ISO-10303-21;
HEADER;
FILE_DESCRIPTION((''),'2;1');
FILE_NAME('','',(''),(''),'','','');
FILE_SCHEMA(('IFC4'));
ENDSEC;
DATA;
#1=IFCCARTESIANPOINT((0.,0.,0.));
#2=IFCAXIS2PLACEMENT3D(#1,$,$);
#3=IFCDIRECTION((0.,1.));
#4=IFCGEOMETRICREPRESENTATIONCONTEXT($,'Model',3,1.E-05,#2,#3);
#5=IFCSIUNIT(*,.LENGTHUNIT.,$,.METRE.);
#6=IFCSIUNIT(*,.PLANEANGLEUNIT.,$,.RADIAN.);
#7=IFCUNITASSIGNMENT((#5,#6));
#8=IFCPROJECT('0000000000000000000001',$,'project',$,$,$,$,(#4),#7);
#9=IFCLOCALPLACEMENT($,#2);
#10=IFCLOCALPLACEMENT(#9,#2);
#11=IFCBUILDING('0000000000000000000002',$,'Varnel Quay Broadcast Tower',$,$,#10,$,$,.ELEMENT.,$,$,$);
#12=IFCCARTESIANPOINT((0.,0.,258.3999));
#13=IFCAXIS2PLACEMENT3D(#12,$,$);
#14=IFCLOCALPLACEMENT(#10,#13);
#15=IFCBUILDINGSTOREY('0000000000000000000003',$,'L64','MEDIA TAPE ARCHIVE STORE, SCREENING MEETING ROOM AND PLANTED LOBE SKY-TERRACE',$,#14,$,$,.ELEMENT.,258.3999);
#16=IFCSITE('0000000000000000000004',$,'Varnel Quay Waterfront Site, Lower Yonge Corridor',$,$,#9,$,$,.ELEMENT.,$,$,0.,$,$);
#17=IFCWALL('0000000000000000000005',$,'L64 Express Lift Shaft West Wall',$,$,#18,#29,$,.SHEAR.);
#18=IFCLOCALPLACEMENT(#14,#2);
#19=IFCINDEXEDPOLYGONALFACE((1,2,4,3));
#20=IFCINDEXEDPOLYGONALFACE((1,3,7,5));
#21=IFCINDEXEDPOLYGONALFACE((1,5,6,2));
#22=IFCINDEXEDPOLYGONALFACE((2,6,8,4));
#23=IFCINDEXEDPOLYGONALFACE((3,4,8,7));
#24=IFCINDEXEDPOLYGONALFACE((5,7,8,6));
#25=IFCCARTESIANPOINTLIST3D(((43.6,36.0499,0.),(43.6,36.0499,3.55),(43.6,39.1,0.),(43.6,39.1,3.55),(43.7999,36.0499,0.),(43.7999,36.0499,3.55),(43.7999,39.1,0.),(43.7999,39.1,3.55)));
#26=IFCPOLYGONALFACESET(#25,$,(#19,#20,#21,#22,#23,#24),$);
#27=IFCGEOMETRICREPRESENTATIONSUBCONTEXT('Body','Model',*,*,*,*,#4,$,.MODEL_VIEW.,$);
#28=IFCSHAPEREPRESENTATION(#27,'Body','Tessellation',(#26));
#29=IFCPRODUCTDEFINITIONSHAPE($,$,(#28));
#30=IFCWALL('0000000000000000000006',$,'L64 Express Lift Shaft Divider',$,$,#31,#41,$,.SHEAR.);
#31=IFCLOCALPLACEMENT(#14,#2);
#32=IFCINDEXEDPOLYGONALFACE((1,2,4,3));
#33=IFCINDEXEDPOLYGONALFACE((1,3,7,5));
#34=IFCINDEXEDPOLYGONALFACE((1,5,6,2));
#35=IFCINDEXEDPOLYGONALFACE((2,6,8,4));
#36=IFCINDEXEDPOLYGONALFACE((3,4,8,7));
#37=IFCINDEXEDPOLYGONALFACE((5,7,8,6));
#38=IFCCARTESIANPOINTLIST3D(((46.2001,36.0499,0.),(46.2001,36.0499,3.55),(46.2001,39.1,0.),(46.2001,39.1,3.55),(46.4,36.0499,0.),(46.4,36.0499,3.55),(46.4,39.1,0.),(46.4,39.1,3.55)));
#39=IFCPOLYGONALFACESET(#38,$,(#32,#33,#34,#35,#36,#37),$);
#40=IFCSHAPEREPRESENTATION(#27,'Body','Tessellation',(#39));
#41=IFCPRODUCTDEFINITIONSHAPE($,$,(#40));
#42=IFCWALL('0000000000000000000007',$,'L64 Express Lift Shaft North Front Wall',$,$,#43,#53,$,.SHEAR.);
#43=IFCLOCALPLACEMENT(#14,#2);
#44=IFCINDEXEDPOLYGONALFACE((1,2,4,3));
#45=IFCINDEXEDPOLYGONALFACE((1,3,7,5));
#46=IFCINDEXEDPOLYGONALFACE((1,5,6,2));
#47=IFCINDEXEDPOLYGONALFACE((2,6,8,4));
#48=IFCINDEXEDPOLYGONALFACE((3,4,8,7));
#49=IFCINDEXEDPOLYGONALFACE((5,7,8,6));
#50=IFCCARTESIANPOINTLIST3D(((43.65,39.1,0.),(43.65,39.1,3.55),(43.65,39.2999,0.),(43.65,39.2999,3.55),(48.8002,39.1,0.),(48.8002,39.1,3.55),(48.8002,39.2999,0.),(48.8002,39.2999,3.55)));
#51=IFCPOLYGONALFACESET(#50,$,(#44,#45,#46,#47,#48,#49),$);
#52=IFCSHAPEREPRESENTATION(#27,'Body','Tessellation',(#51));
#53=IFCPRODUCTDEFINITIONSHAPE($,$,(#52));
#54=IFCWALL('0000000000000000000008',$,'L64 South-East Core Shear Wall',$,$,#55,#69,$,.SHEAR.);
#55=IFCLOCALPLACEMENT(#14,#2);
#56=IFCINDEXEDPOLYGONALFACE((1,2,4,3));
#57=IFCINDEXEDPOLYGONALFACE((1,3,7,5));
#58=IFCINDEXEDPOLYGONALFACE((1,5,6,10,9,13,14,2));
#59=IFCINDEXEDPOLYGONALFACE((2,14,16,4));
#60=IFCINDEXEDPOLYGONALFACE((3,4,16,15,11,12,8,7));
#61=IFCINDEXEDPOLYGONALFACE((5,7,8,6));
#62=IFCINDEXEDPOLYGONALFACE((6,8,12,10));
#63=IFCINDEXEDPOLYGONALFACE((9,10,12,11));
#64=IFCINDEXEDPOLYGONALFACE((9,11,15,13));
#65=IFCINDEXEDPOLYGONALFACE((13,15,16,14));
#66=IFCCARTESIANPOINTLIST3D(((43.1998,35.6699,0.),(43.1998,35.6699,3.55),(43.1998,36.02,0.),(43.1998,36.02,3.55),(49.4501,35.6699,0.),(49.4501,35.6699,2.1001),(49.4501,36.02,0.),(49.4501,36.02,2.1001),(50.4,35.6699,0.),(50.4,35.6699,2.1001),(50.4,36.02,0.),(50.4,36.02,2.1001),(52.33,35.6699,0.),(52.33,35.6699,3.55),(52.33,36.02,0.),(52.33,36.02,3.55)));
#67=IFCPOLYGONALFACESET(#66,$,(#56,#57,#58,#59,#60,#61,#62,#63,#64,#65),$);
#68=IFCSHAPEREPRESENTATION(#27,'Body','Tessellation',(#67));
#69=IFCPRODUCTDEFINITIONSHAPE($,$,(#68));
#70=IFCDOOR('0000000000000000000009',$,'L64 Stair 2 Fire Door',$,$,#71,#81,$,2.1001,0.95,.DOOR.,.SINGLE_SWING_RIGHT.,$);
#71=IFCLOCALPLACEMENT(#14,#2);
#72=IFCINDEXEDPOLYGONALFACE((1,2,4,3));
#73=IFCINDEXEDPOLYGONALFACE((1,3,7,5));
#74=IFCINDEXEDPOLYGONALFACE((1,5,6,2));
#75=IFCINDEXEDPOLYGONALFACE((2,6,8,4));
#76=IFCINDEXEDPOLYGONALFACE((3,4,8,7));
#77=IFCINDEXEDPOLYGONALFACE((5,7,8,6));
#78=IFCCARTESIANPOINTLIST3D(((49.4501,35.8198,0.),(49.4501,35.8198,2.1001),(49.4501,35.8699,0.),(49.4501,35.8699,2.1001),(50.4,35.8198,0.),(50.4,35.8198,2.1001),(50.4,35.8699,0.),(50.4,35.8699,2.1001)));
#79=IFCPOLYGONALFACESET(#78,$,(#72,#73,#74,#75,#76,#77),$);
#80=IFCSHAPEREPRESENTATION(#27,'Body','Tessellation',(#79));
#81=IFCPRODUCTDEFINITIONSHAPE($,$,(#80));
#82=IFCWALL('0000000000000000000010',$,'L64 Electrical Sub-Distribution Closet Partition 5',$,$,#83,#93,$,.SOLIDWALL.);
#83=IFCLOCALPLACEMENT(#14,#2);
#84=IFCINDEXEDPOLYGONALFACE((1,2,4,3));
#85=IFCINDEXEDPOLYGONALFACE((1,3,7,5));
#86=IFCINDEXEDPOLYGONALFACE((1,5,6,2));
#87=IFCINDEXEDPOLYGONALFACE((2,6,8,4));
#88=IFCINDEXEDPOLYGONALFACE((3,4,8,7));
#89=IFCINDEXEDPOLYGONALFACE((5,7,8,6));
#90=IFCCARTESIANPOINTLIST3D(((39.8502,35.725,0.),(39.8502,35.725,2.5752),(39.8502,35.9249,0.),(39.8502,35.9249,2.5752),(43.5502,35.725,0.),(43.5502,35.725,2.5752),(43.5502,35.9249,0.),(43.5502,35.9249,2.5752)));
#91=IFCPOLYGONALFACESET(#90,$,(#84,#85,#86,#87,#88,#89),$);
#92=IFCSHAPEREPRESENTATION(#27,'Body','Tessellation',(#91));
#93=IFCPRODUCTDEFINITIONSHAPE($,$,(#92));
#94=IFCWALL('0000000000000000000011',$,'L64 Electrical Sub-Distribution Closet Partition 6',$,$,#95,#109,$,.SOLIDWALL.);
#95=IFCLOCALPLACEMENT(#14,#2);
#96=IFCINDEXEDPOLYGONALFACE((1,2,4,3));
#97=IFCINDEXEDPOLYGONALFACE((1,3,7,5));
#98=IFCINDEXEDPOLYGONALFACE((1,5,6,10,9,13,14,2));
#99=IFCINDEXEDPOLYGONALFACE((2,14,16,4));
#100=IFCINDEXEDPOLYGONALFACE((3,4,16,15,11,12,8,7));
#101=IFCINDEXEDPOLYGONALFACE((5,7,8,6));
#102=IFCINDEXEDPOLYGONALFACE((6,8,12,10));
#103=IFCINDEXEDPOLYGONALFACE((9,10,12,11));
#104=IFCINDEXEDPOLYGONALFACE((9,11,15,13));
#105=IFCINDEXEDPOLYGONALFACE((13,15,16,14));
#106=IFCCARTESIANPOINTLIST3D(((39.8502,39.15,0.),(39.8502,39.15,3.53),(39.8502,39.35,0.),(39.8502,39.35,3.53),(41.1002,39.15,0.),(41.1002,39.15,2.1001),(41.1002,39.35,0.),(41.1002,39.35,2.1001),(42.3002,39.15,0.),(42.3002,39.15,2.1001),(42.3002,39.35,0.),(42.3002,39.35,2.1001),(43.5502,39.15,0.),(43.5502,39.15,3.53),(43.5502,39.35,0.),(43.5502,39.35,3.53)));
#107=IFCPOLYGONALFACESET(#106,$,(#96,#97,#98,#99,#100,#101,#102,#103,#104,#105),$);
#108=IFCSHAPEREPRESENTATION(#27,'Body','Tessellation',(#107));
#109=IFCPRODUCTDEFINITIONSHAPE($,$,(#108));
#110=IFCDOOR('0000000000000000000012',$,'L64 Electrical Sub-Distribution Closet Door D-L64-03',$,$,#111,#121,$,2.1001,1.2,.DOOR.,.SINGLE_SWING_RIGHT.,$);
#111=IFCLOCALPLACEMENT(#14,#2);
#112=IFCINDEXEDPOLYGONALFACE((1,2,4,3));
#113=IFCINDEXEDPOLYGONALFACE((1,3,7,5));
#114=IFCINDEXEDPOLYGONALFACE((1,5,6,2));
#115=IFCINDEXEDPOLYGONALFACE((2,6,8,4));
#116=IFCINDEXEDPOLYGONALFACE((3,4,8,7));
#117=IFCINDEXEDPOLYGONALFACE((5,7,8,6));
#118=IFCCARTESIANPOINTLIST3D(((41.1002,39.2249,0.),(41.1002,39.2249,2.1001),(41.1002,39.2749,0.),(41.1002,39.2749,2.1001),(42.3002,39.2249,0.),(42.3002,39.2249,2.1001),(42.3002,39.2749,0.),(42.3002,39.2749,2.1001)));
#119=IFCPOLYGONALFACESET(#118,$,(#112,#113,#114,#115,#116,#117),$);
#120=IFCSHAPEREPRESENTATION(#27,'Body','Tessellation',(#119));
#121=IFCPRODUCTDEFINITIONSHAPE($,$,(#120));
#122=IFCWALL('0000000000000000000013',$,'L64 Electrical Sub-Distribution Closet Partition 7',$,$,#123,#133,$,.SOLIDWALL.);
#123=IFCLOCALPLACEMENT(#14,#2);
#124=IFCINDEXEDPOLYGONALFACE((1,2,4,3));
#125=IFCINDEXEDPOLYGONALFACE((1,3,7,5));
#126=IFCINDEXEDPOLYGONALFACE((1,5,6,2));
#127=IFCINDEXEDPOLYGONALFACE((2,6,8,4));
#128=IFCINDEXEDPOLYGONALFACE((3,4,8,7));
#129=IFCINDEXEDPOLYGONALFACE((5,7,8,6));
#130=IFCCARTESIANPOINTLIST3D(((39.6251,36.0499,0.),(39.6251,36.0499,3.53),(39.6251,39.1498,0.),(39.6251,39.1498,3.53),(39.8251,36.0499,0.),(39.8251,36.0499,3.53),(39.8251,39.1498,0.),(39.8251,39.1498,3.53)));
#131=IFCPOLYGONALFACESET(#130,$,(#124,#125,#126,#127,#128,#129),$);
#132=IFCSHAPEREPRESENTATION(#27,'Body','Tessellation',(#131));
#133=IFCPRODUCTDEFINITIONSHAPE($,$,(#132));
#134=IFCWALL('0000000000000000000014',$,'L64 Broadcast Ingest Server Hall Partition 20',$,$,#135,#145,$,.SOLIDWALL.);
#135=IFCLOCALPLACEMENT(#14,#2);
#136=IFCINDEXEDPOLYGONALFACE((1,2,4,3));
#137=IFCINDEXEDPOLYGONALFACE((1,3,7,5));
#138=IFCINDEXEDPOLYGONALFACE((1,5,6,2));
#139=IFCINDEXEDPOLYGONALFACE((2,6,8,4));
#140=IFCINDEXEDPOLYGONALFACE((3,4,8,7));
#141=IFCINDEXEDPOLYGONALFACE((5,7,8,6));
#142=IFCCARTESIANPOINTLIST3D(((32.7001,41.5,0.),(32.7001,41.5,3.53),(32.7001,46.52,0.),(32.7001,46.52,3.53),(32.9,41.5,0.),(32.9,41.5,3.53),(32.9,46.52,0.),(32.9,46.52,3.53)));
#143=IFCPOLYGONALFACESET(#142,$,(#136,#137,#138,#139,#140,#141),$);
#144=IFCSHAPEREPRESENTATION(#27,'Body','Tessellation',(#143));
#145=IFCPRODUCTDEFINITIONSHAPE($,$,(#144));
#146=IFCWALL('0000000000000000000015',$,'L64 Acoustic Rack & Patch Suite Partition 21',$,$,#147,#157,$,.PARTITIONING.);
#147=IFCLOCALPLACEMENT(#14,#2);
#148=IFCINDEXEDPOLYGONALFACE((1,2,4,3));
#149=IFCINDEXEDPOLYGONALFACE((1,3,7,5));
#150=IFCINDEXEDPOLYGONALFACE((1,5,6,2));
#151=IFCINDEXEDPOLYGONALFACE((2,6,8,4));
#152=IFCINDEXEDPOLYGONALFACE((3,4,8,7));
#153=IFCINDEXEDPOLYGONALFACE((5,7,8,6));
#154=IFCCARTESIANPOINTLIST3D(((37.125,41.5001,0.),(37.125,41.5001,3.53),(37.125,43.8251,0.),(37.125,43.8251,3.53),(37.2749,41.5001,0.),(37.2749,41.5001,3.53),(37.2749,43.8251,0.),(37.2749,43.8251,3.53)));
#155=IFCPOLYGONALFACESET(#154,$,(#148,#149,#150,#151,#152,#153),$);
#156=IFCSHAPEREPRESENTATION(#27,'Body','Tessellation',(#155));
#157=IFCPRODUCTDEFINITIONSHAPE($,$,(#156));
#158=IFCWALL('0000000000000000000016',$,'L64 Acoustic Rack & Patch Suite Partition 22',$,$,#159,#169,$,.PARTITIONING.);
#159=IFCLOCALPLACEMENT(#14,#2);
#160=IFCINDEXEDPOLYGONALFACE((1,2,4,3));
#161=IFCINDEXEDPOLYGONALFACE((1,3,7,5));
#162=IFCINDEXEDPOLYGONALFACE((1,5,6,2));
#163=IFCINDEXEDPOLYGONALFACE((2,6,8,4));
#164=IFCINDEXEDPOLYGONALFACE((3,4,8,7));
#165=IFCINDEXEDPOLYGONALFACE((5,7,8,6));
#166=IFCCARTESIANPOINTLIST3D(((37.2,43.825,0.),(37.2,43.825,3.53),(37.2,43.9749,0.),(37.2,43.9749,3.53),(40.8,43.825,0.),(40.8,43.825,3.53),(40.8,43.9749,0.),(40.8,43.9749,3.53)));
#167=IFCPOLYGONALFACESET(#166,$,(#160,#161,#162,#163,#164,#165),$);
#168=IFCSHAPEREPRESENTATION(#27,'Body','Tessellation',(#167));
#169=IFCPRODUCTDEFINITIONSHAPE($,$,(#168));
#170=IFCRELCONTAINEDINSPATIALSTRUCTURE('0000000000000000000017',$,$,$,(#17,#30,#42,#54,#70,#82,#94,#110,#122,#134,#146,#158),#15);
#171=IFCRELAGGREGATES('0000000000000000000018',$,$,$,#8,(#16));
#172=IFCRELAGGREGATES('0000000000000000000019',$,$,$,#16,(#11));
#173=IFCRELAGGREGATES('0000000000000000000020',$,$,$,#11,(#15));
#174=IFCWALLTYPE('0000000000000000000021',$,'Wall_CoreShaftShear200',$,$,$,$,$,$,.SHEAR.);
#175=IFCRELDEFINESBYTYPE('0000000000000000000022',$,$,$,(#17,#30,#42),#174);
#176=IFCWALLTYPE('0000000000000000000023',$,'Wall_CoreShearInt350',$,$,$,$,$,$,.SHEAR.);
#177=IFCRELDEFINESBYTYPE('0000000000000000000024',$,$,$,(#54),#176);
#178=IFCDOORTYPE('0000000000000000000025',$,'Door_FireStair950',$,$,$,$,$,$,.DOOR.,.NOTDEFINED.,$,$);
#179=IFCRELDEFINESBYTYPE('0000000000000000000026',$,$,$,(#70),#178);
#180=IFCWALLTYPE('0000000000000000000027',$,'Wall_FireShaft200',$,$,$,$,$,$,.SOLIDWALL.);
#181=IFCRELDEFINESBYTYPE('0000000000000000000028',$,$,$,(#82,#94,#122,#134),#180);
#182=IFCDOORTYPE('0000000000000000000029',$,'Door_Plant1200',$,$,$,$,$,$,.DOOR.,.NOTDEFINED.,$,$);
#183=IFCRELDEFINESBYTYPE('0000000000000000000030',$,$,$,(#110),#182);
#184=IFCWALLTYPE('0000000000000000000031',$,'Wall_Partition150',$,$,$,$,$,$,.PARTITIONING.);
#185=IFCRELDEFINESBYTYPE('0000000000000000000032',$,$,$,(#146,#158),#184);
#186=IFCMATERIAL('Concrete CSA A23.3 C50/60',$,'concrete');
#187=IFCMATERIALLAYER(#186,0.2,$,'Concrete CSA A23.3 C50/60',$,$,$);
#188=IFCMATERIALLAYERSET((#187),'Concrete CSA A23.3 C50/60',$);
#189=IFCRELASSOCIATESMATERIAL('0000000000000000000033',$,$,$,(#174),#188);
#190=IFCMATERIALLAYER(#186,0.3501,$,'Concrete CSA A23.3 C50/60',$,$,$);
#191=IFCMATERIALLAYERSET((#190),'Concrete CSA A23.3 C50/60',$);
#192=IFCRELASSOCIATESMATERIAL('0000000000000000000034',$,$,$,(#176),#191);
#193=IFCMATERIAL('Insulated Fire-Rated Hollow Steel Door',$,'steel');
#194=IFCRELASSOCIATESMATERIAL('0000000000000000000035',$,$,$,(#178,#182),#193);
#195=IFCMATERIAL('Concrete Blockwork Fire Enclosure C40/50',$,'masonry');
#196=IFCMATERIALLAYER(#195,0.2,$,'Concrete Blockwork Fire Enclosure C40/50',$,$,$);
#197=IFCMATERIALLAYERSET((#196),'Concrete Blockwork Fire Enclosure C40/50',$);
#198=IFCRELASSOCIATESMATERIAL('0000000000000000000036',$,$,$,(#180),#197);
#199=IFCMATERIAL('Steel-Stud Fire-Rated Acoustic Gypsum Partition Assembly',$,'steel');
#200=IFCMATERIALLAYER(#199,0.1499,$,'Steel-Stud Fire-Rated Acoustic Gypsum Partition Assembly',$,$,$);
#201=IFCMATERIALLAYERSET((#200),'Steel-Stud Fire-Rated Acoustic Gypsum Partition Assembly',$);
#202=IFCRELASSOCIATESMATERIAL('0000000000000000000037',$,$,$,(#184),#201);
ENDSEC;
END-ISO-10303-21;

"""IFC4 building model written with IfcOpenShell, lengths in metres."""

from ifc_helpers import new_model, si_unit, direction, frame, frame_2d, origin, place, context, subcontext, project, spatial, rectangle, extrude, source, transform, mapped, material, layer, layer_set, type_object, type_shapes, element, fill, save


model = new_model("IFC4")

# Units and contexts
model_context = context("Model", 3, precision=1e-05, world=origin(), true_north=direction((0.0, 1.0)))
body_context = subcontext(model_context, "Body", "Model", "MODEL_VIEW")
ifc_project = project(units=[si_unit("LENGTHUNIT", "METRE"), si_unit("PLANEANGLEUNIT", "RADIAN")], contexts=[model_context])

# Site, building, storey
site_placement = place(None, origin())
site = spatial("IfcSite", under=ifc_project, at=site_placement, Name="Varnel Quay Waterfront Site, Lower Yonge Corridor", CompositionType="ELEMENT", RefElevation=0.0)
building_placement = place(site_placement, origin())
building = spatial("IfcBuilding", under=site, at=building_placement, Name="Varnel Quay Broadcast Tower", CompositionType="ELEMENT")
storey_placement = place(building_placement, frame((0.0, 0.0, 258.3999)))
storey = spatial("IfcBuildingStorey", under=building, at=storey_placement, Name="L64", Description="MEDIA TAPE ARCHIVE STORE, SCREENING MEETING ROOM AND PLANTED LOBE SKY-TERRACE", CompositionType="ELEMENT", Elevation=258.3999)

# Shared definitions
ifc_material_1 = material(Name="Concrete CSA A23.3 C50/60", Category="concrete")

# Walls
ifc_layer_1 = layer(ifc_material_1, 0.2, Name="Concrete CSA A23.3 C50/60")
ifc_layer_set_1 = layer_set([ifc_layer_1], Name="Concrete CSA A23.3 C50/60")
wall_type_1 = type_object("IfcWallType", Name="Wall_CoreShaftShear200", PredefinedType="SHEAR", material=ifc_layer_set_1)
for number, where, z_axis, x_axis, name in (
    (1, (43.7, 36.05, 0.0), (0.0, 0.0, 1.0), (0.0, 1.0, 0.0), "L64 Express Lift Shaft West Wall"),
    (2, (46.3, 36.05, 0.0), (0.0, 0.0, 1.0), (0.0, 1.0, 0.0), "L64 Express Lift Shaft Divider"),
):
    element("IfcWall", number, at=place(storey_placement, frame(where, z_axis=z_axis, x_axis=x_axis)), inside=storey, type_object=wall_type_1, Name=name, PredefinedType="SHEAR", context=body_context, shape_type="SweptSolid", body=[
        extrude(rectangle(XDim=3.05, YDim=0.2, at=frame_2d((1.5249, 0.0))), origin(), (0.0, 0.0, 1.0), 3.55),
    ])
wall_1_placement = place(storey_placement, frame((43.6499, 39.2, 0.0), z_axis=(0.0, 0.0, 1.0), x_axis=(1.0, 0.0, 0.0)))
element("IfcWall", 3, at=wall_1_placement, inside=storey, type_object=wall_type_1, Name="L64 Express Lift Shaft North Front Wall", PredefinedType="SHEAR", context=body_context, shape_type="SweptSolid", body=[
    extrude(rectangle(XDim=5.1501, YDim=0.2, at=frame_2d((2.5752, 0.0))), origin(), (0.0, 0.0, 1.0), 3.55),
])

# Wall, opening, door
ifc_layer_2 = layer(ifc_material_1, 0.3501, Name="Concrete CSA A23.3 C50/60")
ifc_layer_set_2 = layer_set([ifc_layer_2], Name="Concrete CSA A23.3 C50/60")
wall_type_2 = type_object("IfcWallType", Name="Wall_CoreShearInt350", PredefinedType="SHEAR", material=ifc_layer_set_2)
wall_2_placement = place(storey_placement, frame((43.2, 35.845, 0.0), z_axis=(0.0, 0.0, 1.0), x_axis=(1.0, 0.0, 0.0)))
wall_2 = element("IfcWall", 4, at=wall_2_placement, inside=storey, type_object=wall_type_2, Name="L64 South-East Core Shear Wall", PredefinedType="SHEAR", context=body_context, shape_type="SweptSolid", body=[
    extrude(rectangle(XDim=9.1301, YDim=0.3501, at=frame_2d((4.5649, 0.0))), origin(), (0.0, 0.0, 1.0), 3.55),
])
opening_1_placement = place(wall_2_placement, frame((6.25, 0.0, 0.0)))
opening_1 = element("IfcOpeningElement", 5, at=opening_1_placement, cuts=wall_2, PredefinedType="OPENING", context=body_context, shape_type="SweptSolid", body=[
    extrude(rectangle(XDim=0.95, YDim=2.1001, at=frame_2d((0.4751, 1.05))), frame((0.0, 0.1851, 0.0), z_axis=(0.0, -1.0, 0.0), x_axis=(1.0, 0.0, 0.0)), (0.0, 0.0, 1.0), 0.3701),
])
ifc_material_2 = material(Name="Insulated Fire-Rated Hollow Steel Door", Category="steel")
door_type_1 = type_object("IfcDoorType", Name="Door_FireStair950", OperationType="NOTDEFINED", PredefinedType="DOOR", material=ifc_material_2)
shared_shape_1 = source(origin(), body_context, "Body", "SweptSolid", [
    extrude(rectangle(XDim=0.95, YDim=2.1001, at=frame_2d((0.4751, 1.05))), frame((0.0, 0.0249, 0.0), z_axis=(0.0, -1.0, 0.0), x_axis=(1.0, 0.0, 0.0)), (0.0, 0.0, 1.0), 0.05),
])
type_shapes(door_type_1, [shared_shape_1])
door_1_placement = place(opening_1_placement, origin())
door_1 = element("IfcDoor", 6, at=door_1_placement, inside=storey, type_object=door_type_1, Name="L64 Stair 2 Fire Door", OperationType="SINGLE_SWING_RIGHT", OverallHeight=2.1001, OverallWidth=0.95, PredefinedType="DOOR", context=body_context, shape_type="MappedRepresentation", body=[
    mapped(shared_shape_1, transform((0.0, 0.0, 0.0), x_axis=(1.0, 0.0, 0.0), y_axis=(0.0, 1.0, 0.0), z_axis=(0.0, 0.0, 1.0), scale=1.0)),
])
fill(opening_1, door_1)

# Wall
ifc_material_3 = material(Name="Concrete Blockwork Fire Enclosure C40/50", Category="masonry")
ifc_layer_3 = layer(ifc_material_3, 0.2, Name="Concrete Blockwork Fire Enclosure C40/50")
ifc_layer_set_3 = layer_set([ifc_layer_3], Name="Concrete Blockwork Fire Enclosure C40/50")
wall_type_3 = type_object("IfcWallType", Name="Wall_FireShaft200", PredefinedType="SOLIDWALL", material=ifc_layer_set_3)
wall_3_placement = place(storey_placement, frame((39.8501, 35.825, 0.0), z_axis=(0.0, 0.0, 1.0), x_axis=(1.0, 0.0, 0.0)))
element("IfcWall", 7, at=wall_3_placement, inside=storey, type_object=wall_type_3, Name="L64 Electrical Sub-Distribution Closet Partition 5", PredefinedType="SOLIDWALL", context=body_context, shape_type="SweptSolid", body=[
    extrude(rectangle(XDim=3.7, YDim=0.2, at=frame_2d((1.8501, 0.0))), origin(), (0.0, 0.0, 1.0), 2.5752),
])

# Wall, opening, door
wall_4_placement = place(storey_placement, frame((39.8501, 39.25, 0.0), z_axis=(0.0, 0.0, 1.0), x_axis=(1.0, 0.0, 0.0)))
wall_4 = element("IfcWall", 8, at=wall_4_placement, inside=storey, type_object=wall_type_3, Name="L64 Electrical Sub-Distribution Closet Partition 6", PredefinedType="SOLIDWALL", context=body_context, shape_type="SweptSolid", body=[
    extrude(rectangle(XDim=3.7, YDim=0.2, at=frame_2d((1.8501, 0.0))), origin(), (0.0, 0.0, 1.0), 3.53),
])
opening_2_placement = place(wall_4_placement, frame((1.25, 0.0, 0.0)))
opening_2 = element("IfcOpeningElement", 9, at=opening_2_placement, cuts=wall_4, PredefinedType="OPENING", context=body_context, shape_type="SweptSolid", body=[
    extrude(rectangle(XDim=1.2, YDim=2.1001, at=frame_2d((0.6001, 1.05))), frame((0.0, 0.1099, 0.0), z_axis=(0.0, -1.0, 0.0), x_axis=(1.0, 0.0, 0.0)), (0.0, 0.0, 1.0), 0.22),
])
door_type_2 = type_object("IfcDoorType", Name="Door_Plant1200", OperationType="NOTDEFINED", PredefinedType="DOOR", material=ifc_material_2)
shared_shape_2 = source(origin(), body_context, "Body", "SweptSolid", [
    extrude(rectangle(XDim=1.2, YDim=2.1001, at=frame_2d((0.6001, 1.05))), frame((0.0, 0.0249, 0.0), z_axis=(0.0, -1.0, 0.0), x_axis=(1.0, 0.0, 0.0)), (0.0, 0.0, 1.0), 0.05),
])
type_shapes(door_type_2, [shared_shape_2])
door_2_placement = place(opening_2_placement, origin())
door_2 = element("IfcDoor", 10, at=door_2_placement, inside=storey, type_object=door_type_2, Name="L64 Electrical Sub-Distribution Closet Door D-L64-03", OperationType="SINGLE_SWING_RIGHT", OverallHeight=2.1001, OverallWidth=1.2, PredefinedType="DOOR", context=body_context, shape_type="MappedRepresentation", body=[
    mapped(shared_shape_2, transform((0.0, 0.0, 0.0), x_axis=(1.0, 0.0, 0.0), y_axis=(0.0, 1.0, 0.0), z_axis=(0.0, 0.0, 1.0), scale=1.0)),
])
fill(opening_2, door_2)

# Walls
wall_5_placement = place(storey_placement, frame((39.7251, 36.05, 0.0), z_axis=(0.0, 0.0, 1.0), x_axis=(0.0, 1.0, 0.0)))
element("IfcWall", 11, at=wall_5_placement, inside=storey, type_object=wall_type_3, Name="L64 Electrical Sub-Distribution Closet Partition 7", PredefinedType="SOLIDWALL", context=body_context, shape_type="SweptSolid", body=[
    extrude(rectangle(XDim=3.0999, YDim=0.2, at=frame_2d((1.5498, 0.0))), origin(), (0.0, 0.0, 1.0), 3.53),
])
wall_6_placement = place(storey_placement, frame((32.8, 41.5, 0.0), z_axis=(0.0, 0.0, 1.0), x_axis=(0.0, 1.0, 0.0)))
element("IfcWall", 12, at=wall_6_placement, inside=storey, type_object=wall_type_3, Name="L64 Broadcast Ingest Server Hall Partition 20", PredefinedType="SOLIDWALL", context=body_context, shape_type="SweptSolid", body=[
    extrude(rectangle(XDim=5.02, YDim=0.2, at=frame_2d((2.51, 0.0))), origin(), (0.0, 0.0, 1.0), 3.53),
])
ifc_material_4 = material(Name="Steel-Stud Fire-Rated Acoustic Gypsum Partition Assembly", Category="steel")
ifc_layer_4 = layer(ifc_material_4, 0.1499, Name="Steel-Stud Fire-Rated Acoustic Gypsum Partition Assembly")
ifc_layer_set_4 = layer_set([ifc_layer_4], Name="Steel-Stud Fire-Rated Acoustic Gypsum Partition Assembly")
wall_type_4 = type_object("IfcWallType", Name="Wall_Partition150", PredefinedType="PARTITIONING", material=ifc_layer_set_4)
wall_7_placement = place(storey_placement, frame((37.2, 41.5, 0.0), z_axis=(0.0, 0.0, 1.0), x_axis=(0.0, 1.0, 0.0)))
element("IfcWall", 13, at=wall_7_placement, inside=storey, type_object=wall_type_4, Name="L64 Acoustic Rack & Patch Suite Partition 21", PredefinedType="PARTITIONING", context=body_context, shape_type="SweptSolid", body=[
    extrude(rectangle(XDim=2.325, YDim=0.1499, at=frame_2d((1.1626, 0.0))), origin(), (0.0, 0.0, 1.0), 3.53),
])
wall_8_placement = place(storey_placement, frame((37.2, 43.8999, 0.0), z_axis=(0.0, 0.0, 1.0), x_axis=(1.0, 0.0, 0.0)))
element("IfcWall", 14, at=wall_8_placement, inside=storey, type_object=wall_type_4, Name="L64 Acoustic Rack & Patch Suite Partition 22", PredefinedType="PARTITIONING", context=body_context, shape_type="SweptSolid", body=[
    extrude(rectangle(XDim=3.6001, YDim=0.1499, at=frame_2d((1.8, 0.0))), origin(), (0.0, 0.0, 1.0), 3.53),
])

save(model, "model.ifc")
